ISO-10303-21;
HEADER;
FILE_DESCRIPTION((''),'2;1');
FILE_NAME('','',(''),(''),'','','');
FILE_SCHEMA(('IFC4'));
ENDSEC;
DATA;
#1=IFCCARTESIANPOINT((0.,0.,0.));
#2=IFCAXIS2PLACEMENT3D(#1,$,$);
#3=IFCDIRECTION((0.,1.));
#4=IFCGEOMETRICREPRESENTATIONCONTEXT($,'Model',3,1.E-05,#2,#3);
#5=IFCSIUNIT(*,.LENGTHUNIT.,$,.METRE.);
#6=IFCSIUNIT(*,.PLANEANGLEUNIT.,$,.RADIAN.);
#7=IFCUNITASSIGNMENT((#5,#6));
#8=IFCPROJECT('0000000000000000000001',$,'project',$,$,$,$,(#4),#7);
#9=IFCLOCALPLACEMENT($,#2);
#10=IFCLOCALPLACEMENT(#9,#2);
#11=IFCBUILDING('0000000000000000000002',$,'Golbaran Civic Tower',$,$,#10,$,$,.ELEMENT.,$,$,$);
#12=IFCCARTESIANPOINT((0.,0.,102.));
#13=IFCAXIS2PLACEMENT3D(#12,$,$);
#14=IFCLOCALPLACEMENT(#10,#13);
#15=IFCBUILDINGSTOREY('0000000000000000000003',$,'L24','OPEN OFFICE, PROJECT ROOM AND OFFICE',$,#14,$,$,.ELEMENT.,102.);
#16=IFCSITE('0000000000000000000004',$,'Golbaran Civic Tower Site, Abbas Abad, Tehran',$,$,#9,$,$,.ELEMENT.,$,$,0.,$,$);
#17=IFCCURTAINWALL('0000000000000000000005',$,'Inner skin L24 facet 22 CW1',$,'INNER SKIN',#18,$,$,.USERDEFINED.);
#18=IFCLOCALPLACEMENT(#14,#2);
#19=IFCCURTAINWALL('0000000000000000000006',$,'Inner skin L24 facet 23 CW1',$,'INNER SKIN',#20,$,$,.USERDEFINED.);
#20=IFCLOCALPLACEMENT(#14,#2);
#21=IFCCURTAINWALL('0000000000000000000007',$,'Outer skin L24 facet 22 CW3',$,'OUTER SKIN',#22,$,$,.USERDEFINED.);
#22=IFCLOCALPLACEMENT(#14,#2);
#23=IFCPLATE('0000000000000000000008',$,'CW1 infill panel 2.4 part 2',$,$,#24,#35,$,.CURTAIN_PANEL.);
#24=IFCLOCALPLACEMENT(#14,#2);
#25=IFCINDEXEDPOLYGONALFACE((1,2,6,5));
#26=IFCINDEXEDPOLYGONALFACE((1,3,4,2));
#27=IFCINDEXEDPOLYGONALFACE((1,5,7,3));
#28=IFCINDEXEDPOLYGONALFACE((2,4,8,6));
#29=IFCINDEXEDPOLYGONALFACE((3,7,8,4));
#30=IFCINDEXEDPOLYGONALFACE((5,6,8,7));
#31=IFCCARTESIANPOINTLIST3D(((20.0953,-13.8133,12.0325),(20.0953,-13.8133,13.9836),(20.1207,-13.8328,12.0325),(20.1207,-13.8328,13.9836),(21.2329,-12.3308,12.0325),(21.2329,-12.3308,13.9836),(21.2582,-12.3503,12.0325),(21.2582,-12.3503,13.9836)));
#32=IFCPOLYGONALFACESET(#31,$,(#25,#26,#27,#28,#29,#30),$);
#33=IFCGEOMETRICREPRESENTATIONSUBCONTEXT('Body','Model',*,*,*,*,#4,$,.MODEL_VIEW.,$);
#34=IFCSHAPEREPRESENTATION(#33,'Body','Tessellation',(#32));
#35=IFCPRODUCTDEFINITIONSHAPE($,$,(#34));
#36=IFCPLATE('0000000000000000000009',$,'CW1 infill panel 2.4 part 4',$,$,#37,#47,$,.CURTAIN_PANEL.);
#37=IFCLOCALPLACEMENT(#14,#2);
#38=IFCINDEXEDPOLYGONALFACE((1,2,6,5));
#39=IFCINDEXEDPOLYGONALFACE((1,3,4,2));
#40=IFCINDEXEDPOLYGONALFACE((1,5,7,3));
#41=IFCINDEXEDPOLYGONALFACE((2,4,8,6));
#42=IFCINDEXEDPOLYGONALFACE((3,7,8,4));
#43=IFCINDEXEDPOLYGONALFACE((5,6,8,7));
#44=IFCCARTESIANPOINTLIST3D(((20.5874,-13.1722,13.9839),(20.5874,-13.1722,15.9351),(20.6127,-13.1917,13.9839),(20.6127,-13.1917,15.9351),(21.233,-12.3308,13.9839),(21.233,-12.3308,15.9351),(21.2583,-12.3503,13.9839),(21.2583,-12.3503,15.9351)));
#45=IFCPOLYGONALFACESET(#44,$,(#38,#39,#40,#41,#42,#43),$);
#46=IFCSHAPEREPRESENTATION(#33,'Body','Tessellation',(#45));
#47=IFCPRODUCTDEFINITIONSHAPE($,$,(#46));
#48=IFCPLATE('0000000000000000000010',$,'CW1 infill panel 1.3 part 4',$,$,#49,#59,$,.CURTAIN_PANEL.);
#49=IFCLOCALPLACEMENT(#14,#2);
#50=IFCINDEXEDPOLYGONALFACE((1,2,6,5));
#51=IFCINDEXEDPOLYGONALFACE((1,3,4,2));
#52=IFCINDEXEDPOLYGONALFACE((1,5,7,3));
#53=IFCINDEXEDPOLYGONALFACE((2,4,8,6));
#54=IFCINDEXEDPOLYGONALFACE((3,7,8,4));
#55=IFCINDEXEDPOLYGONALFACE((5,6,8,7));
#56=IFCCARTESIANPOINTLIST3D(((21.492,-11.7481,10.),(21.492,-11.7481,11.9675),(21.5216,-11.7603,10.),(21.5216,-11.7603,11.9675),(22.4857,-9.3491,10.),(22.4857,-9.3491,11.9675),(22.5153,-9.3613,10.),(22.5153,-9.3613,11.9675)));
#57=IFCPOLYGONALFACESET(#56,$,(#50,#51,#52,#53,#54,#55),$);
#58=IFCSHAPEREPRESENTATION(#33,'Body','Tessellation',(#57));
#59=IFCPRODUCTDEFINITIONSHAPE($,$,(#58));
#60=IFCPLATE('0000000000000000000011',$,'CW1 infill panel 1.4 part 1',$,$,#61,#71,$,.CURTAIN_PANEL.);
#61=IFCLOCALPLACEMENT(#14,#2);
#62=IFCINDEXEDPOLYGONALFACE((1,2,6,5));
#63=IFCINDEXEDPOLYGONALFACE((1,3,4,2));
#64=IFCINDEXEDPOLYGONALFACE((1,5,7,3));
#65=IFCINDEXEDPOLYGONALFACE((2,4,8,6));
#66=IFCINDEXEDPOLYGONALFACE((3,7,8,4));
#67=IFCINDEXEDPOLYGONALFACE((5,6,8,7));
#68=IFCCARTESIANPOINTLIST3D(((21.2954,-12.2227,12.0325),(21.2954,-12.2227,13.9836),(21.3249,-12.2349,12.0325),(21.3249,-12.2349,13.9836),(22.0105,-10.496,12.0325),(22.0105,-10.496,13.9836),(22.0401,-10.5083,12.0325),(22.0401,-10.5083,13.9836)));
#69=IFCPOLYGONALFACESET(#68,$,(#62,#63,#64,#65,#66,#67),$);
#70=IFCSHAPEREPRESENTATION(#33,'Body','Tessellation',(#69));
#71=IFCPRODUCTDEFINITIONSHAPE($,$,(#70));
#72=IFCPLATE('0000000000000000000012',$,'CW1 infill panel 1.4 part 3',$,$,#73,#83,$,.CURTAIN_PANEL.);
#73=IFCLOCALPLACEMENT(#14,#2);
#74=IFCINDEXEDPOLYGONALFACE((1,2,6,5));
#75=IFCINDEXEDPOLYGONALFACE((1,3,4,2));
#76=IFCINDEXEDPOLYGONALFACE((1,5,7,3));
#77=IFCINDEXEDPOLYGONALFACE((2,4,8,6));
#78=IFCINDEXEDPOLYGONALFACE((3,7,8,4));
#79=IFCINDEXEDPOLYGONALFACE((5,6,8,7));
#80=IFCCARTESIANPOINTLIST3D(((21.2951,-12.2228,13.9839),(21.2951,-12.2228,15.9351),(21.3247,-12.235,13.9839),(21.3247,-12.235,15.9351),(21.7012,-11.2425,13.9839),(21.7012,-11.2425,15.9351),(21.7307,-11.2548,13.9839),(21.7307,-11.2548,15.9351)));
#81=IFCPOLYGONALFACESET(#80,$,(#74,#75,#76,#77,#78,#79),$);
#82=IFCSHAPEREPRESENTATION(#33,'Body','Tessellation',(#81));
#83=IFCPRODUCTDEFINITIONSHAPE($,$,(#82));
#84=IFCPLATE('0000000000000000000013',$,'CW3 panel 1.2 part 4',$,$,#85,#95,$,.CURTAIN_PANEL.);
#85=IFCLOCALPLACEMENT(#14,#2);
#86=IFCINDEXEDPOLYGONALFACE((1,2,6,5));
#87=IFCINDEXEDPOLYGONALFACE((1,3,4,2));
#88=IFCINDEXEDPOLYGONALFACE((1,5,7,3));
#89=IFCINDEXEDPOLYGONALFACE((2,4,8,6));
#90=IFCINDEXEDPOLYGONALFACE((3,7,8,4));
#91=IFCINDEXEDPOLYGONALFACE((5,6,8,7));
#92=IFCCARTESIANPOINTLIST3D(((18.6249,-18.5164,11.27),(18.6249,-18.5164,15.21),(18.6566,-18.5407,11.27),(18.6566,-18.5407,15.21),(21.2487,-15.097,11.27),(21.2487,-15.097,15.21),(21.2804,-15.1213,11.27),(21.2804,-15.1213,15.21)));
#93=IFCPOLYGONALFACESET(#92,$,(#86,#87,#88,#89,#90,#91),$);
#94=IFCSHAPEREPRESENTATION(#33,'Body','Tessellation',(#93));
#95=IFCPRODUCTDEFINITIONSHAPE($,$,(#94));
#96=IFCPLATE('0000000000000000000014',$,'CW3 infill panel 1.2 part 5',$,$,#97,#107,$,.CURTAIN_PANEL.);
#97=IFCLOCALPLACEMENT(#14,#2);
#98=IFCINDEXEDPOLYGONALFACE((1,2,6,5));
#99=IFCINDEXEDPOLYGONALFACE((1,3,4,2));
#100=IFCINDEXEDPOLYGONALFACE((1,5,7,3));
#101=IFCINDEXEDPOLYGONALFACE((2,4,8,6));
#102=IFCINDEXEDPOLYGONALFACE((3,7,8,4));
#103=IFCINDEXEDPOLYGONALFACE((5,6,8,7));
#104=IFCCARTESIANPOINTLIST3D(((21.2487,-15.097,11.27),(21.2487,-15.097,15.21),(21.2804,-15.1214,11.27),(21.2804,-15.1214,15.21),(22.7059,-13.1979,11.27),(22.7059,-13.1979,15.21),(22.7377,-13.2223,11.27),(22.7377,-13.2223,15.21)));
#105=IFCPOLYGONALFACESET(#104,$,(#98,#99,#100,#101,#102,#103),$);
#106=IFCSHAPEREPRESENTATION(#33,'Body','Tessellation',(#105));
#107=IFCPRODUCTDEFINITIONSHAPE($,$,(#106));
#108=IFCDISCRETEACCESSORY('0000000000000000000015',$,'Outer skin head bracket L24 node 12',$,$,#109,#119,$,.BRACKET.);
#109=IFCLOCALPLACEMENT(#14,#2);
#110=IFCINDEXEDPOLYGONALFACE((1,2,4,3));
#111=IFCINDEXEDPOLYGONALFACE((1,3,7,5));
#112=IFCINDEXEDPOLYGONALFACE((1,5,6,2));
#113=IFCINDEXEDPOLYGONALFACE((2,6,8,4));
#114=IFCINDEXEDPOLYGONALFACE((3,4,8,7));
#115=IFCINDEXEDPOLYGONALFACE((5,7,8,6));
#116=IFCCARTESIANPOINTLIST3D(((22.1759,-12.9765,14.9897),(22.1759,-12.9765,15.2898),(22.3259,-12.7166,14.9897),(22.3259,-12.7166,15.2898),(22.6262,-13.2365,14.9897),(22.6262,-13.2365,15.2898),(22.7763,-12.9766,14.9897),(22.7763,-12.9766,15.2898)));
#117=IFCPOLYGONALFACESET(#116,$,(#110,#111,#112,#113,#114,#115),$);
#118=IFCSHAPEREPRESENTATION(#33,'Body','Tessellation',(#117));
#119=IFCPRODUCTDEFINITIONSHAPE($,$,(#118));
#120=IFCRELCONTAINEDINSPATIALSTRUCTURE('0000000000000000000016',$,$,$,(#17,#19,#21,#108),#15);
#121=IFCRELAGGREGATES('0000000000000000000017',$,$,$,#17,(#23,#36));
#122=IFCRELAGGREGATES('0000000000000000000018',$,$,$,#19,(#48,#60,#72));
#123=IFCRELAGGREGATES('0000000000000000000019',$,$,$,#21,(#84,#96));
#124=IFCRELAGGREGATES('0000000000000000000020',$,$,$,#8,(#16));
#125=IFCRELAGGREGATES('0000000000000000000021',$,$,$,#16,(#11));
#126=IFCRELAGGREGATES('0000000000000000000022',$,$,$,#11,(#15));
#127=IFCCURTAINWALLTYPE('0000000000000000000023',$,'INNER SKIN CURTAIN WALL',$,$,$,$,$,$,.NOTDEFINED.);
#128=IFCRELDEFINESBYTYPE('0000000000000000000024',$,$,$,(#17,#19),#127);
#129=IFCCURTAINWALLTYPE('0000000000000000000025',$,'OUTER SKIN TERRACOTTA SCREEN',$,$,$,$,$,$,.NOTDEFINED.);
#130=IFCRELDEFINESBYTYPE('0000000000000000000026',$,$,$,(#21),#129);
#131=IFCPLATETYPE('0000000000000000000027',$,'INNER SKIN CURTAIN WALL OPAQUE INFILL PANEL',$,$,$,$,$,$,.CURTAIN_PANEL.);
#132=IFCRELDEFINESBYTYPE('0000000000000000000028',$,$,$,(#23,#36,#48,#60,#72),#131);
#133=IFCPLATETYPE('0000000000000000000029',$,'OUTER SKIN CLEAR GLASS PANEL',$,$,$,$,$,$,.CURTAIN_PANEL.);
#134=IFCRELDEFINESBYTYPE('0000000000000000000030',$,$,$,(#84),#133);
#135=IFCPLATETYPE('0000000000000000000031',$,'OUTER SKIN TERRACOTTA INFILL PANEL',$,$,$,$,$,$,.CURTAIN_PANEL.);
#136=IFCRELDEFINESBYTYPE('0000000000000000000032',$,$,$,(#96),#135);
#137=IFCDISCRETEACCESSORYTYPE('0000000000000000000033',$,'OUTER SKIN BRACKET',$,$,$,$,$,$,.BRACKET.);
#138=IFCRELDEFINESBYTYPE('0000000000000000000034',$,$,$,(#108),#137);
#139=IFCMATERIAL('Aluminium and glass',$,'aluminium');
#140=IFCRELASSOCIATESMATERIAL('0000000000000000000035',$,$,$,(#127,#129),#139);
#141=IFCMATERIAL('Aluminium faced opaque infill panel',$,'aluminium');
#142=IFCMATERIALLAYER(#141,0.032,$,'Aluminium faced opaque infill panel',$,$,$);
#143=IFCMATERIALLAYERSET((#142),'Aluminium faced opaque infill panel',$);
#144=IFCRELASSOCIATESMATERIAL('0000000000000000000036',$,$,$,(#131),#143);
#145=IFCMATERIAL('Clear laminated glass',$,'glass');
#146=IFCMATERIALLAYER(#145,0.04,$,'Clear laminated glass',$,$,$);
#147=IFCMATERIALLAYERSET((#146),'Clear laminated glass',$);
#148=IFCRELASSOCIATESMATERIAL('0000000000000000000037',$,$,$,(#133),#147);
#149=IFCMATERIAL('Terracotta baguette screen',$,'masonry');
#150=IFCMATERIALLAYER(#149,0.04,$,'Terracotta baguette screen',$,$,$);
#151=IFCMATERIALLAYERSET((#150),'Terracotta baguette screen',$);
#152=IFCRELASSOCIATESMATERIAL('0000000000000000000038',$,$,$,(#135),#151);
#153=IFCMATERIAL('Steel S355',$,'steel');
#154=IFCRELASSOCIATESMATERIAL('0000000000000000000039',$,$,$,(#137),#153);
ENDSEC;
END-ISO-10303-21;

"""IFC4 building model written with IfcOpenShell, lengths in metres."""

from ifc_helpers import new_model, si_unit, direction, frame, origin, origin_2d, place, context, subcontext, project, spatial, rectangle, extrude, material, layer, layer_set, type_object, element, aggregate, save


model = new_model("IFC4")

# Units and contexts
model_context = context("Model", 3, precision=1e-05, world=origin(), true_north=direction((0.0, 1.0)))
body_context = subcontext(model_context, "Body", "Model", "MODEL_VIEW")
ifc_project = project(units=[si_unit("LENGTHUNIT", "METRE"), si_unit("PLANEANGLEUNIT", "RADIAN")], contexts=[model_context])

# Site, building, storey
site_placement = place(None, origin())
site = spatial("IfcSite", under=ifc_project, at=site_placement, Name="Golbaran Civic Tower Site, Abbas Abad, Tehran", CompositionType="ELEMENT", RefElevation=0.0)
building_placement = place(site_placement, origin())
building = spatial("IfcBuilding", under=site, at=building_placement, Name="Golbaran Civic Tower", CompositionType="ELEMENT")
storey_placement = place(building_placement, frame((0.0, 0.0, 102.0)))
storey = spatial("IfcBuildingStorey", under=building, at=storey_placement, Name="L24", Description="OPEN OFFICE, PROJECT ROOM AND OFFICE", CompositionType="ELEMENT", Elevation=102.0)

# Curtain walls
ifc_material_1 = material(Name="Aluminium and glass", Category="aluminium")
curtain_wall_type_1 = type_object("IfcCurtainWallType", Name="INNER SKIN CURTAIN WALL", PredefinedType="NOTDEFINED", material=ifc_material_1)
curtain_wall_1_placement = place(storey_placement, origin())
curtain_wall_1 = element("IfcCurtainWall", 1, at=curtain_wall_1_placement, inside=storey, type_object=curtain_wall_type_1, Name="Inner skin L24 facet 22 CW1", ObjectType="INNER SKIN", PredefinedType="USERDEFINED")
curtain_wall_2_placement = place(storey_placement, origin())
curtain_wall_2 = element("IfcCurtainWall", 2, at=curtain_wall_2_placement, inside=storey, type_object=curtain_wall_type_1, Name="Inner skin L24 facet 23 CW1", ObjectType="INNER SKIN", PredefinedType="USERDEFINED")

# Curtain wall
curtain_wall_type_2 = type_object("IfcCurtainWallType", Name="OUTER SKIN TERRACOTTA SCREEN", PredefinedType="NOTDEFINED", material=ifc_material_1)
curtain_wall_3_placement = place(storey_placement, origin())
curtain_wall_3 = element("IfcCurtainWall", 3, at=curtain_wall_3_placement, inside=storey, type_object=curtain_wall_type_2, Name="Outer skin L24 facet 22 CW3", ObjectType="OUTER SKIN", PredefinedType="USERDEFINED")

# Plates
ifc_material_2 = material(Name="Aluminium faced opaque infill panel", Category="aluminium")
ifc_layer_1 = layer(ifc_material_2, 0.032, Name="Aluminium faced opaque infill panel")
ifc_layer_set_1 = layer_set([ifc_layer_1], Name="Aluminium faced opaque infill panel")
plate_type_1 = type_object("IfcPlateType", Name="INNER SKIN CURTAIN WALL OPAQUE INFILL PANEL", PredefinedType="CURTAIN_PANEL", material=ifc_layer_set_1)
plate_1_placement = place(storey_placement, frame((20.6768, -13.0818, 12.0325), z_axis=(0.0, 0.0, 1.0), x_axis=(0.608761, 0.793353, 0.0)))
plate_1 = element("IfcPlate", 4, at=plate_1_placement, type_object=plate_type_1, Name="CW1 infill panel 2.4 part 2", PredefinedType="CURTAIN_PANEL", context=body_context, shape_type="SweptSolid", body=[
    extrude(rectangle(XDim=1.8687, YDim=0.032, at=origin_2d()), origin(), (0.0, 0.0, 1.0), 1.9512),
])
plate_2_placement = place(storey_placement, frame((20.9229, -12.7612, 13.9839), z_axis=(0.0, 0.0, 1.0), x_axis=(0.608761, 0.793353, 0.0)))
plate_2 = element("IfcPlate", 5, at=plate_2_placement, type_object=plate_type_1, Name="CW1 infill panel 2.4 part 4", PredefinedType="CURTAIN_PANEL", context=body_context, shape_type="SweptSolid", body=[
    extrude(rectangle(XDim=1.0605, YDim=0.032, at=origin_2d()), origin(), (0.0, 0.0, 1.0), 1.9512),
])
aggregate(curtain_wall_1, [plate_1, plate_2])
plate_3_placement = place(storey_placement, frame((22.0037, -10.5547, 10.0), z_axis=(0.0, 0.0, 1.0), x_axis=(0.382683, 0.92388, 0.0)))
plate_3 = element("IfcPlate", 6, at=plate_3_placement, type_object=plate_type_1, Name="CW1 infill panel 1.3 part 4", PredefinedType="CURTAIN_PANEL", context=body_context, shape_type="SweptSolid", body=[
    extrude(rectangle(XDim=2.5967, YDim=0.032, at=origin_2d()), origin(), (0.0, 0.0, 1.0), 1.9675),
])
plate_4_placement = place(storey_placement, frame((21.6677, -11.3655, 12.0325), z_axis=(0.0, 0.0, 1.0), x_axis=(0.382683, 0.92388, 0.0)))
plate_4 = element("IfcPlate", 7, at=plate_4_placement, type_object=plate_type_1, Name="CW1 infill panel 1.4 part 1", PredefinedType="CURTAIN_PANEL", context=body_context, shape_type="SweptSolid", body=[
    extrude(rectangle(XDim=1.8689, YDim=0.032, at=origin_2d()), origin(), (0.0, 0.0, 1.0), 1.9512),
])
plate_5_placement = place(storey_placement, frame((21.5129, -11.7388, 13.9839), z_axis=(0.0, 0.0, 1.0), x_axis=(0.382683, 0.92388, 0.0)))
plate_5 = element("IfcPlate", 8, at=plate_5_placement, type_object=plate_type_1, Name="CW1 infill panel 1.4 part 3", PredefinedType="CURTAIN_PANEL", context=body_context, shape_type="SweptSolid", body=[
    extrude(rectangle(XDim=1.061, YDim=0.032, at=origin_2d()), origin(), (0.0, 0.0, 1.0), 1.9512),
])
aggregate(curtain_wall_2, [plate_3, plate_4, plate_5])
ifc_material_3 = material(Name="Clear laminated glass", Category="glass")
ifc_layer_2 = layer(ifc_material_3, 0.04, Name="Clear laminated glass")
ifc_layer_set_2 = layer_set([ifc_layer_2], Name="Clear laminated glass")
plate_type_2 = type_object("IfcPlateType", Name="OUTER SKIN CLEAR GLASS PANEL", PredefinedType="CURTAIN_PANEL", material=ifc_layer_set_2)
plate_6_placement = place(storey_placement, frame((19.9526, -16.8188, 11.27), z_axis=(0.0, 0.0, 1.0), x_axis=(0.608761, 0.793353, 0.0)))
plate_6 = element("IfcPlate", 9, at=plate_6_placement, type_object=plate_type_2, Name="CW3 panel 1.2 part 4", PredefinedType="CURTAIN_PANEL", context=body_context, shape_type="SweptSolid", body=[
    extrude(rectangle(XDim=4.3101, YDim=0.04, at=origin_2d()), origin(), (0.0, 0.0, 1.0), 3.9399),
])
ifc_material_4 = material(Name="Terracotta baguette screen", Category="masonry")
ifc_layer_3 = layer(ifc_material_4, 0.04, Name="Terracotta baguette screen")
ifc_layer_set_3 = layer_set([ifc_layer_3], Name="Terracotta baguette screen")
plate_type_3 = type_object("IfcPlateType", Name="OUTER SKIN TERRACOTTA INFILL PANEL", PredefinedType="CURTAIN_PANEL", material=ifc_layer_set_3)
plate_7_placement = place(storey_placement, frame((21.9932, -14.1597, 11.27), z_axis=(0.0, 0.0, 1.0), x_axis=(0.608761, 0.793353, 0.0)))
plate_7 = element("IfcPlate", 10, at=plate_7_placement, type_object=plate_type_3, Name="CW3 infill panel 1.2 part 5", PredefinedType="CURTAIN_PANEL", context=body_context, shape_type="SweptSolid", body=[
    extrude(rectangle(XDim=2.3938, YDim=0.04, at=origin_2d()), origin(), (0.0, 0.0, 1.0), 3.9399),
])
aggregate(curtain_wall_3, [plate_6, plate_7])

# Discrete accessory
ifc_material_5 = material(Name="Steel S355", Category="steel")
discrete_accessory_type = type_object("IfcDiscreteAccessoryType", Name="OUTER SKIN BRACKET", PredefinedType="BRACKET", material=ifc_material_5)
discrete_accessory_placement = place(storey_placement, frame((22.4761, -12.9766, 14.9897), z_axis=(0.0, 0.0, 1.0), x_axis=(0.866025, -0.5, 0.0)))
element("IfcDiscreteAccessory", 11, at=discrete_accessory_placement, inside=storey, type_object=discrete_accessory_type, Name="Outer skin head bracket L24 node 12", PredefinedType="BRACKET", context=body_context, shape_type="SweptSolid", body=[
    extrude(rectangle(XDim=0.52, YDim=0.3, at=origin_2d()), origin(), (0.0, 0.0, 1.0), 0.3),
])

save(model, "model.ifc")
